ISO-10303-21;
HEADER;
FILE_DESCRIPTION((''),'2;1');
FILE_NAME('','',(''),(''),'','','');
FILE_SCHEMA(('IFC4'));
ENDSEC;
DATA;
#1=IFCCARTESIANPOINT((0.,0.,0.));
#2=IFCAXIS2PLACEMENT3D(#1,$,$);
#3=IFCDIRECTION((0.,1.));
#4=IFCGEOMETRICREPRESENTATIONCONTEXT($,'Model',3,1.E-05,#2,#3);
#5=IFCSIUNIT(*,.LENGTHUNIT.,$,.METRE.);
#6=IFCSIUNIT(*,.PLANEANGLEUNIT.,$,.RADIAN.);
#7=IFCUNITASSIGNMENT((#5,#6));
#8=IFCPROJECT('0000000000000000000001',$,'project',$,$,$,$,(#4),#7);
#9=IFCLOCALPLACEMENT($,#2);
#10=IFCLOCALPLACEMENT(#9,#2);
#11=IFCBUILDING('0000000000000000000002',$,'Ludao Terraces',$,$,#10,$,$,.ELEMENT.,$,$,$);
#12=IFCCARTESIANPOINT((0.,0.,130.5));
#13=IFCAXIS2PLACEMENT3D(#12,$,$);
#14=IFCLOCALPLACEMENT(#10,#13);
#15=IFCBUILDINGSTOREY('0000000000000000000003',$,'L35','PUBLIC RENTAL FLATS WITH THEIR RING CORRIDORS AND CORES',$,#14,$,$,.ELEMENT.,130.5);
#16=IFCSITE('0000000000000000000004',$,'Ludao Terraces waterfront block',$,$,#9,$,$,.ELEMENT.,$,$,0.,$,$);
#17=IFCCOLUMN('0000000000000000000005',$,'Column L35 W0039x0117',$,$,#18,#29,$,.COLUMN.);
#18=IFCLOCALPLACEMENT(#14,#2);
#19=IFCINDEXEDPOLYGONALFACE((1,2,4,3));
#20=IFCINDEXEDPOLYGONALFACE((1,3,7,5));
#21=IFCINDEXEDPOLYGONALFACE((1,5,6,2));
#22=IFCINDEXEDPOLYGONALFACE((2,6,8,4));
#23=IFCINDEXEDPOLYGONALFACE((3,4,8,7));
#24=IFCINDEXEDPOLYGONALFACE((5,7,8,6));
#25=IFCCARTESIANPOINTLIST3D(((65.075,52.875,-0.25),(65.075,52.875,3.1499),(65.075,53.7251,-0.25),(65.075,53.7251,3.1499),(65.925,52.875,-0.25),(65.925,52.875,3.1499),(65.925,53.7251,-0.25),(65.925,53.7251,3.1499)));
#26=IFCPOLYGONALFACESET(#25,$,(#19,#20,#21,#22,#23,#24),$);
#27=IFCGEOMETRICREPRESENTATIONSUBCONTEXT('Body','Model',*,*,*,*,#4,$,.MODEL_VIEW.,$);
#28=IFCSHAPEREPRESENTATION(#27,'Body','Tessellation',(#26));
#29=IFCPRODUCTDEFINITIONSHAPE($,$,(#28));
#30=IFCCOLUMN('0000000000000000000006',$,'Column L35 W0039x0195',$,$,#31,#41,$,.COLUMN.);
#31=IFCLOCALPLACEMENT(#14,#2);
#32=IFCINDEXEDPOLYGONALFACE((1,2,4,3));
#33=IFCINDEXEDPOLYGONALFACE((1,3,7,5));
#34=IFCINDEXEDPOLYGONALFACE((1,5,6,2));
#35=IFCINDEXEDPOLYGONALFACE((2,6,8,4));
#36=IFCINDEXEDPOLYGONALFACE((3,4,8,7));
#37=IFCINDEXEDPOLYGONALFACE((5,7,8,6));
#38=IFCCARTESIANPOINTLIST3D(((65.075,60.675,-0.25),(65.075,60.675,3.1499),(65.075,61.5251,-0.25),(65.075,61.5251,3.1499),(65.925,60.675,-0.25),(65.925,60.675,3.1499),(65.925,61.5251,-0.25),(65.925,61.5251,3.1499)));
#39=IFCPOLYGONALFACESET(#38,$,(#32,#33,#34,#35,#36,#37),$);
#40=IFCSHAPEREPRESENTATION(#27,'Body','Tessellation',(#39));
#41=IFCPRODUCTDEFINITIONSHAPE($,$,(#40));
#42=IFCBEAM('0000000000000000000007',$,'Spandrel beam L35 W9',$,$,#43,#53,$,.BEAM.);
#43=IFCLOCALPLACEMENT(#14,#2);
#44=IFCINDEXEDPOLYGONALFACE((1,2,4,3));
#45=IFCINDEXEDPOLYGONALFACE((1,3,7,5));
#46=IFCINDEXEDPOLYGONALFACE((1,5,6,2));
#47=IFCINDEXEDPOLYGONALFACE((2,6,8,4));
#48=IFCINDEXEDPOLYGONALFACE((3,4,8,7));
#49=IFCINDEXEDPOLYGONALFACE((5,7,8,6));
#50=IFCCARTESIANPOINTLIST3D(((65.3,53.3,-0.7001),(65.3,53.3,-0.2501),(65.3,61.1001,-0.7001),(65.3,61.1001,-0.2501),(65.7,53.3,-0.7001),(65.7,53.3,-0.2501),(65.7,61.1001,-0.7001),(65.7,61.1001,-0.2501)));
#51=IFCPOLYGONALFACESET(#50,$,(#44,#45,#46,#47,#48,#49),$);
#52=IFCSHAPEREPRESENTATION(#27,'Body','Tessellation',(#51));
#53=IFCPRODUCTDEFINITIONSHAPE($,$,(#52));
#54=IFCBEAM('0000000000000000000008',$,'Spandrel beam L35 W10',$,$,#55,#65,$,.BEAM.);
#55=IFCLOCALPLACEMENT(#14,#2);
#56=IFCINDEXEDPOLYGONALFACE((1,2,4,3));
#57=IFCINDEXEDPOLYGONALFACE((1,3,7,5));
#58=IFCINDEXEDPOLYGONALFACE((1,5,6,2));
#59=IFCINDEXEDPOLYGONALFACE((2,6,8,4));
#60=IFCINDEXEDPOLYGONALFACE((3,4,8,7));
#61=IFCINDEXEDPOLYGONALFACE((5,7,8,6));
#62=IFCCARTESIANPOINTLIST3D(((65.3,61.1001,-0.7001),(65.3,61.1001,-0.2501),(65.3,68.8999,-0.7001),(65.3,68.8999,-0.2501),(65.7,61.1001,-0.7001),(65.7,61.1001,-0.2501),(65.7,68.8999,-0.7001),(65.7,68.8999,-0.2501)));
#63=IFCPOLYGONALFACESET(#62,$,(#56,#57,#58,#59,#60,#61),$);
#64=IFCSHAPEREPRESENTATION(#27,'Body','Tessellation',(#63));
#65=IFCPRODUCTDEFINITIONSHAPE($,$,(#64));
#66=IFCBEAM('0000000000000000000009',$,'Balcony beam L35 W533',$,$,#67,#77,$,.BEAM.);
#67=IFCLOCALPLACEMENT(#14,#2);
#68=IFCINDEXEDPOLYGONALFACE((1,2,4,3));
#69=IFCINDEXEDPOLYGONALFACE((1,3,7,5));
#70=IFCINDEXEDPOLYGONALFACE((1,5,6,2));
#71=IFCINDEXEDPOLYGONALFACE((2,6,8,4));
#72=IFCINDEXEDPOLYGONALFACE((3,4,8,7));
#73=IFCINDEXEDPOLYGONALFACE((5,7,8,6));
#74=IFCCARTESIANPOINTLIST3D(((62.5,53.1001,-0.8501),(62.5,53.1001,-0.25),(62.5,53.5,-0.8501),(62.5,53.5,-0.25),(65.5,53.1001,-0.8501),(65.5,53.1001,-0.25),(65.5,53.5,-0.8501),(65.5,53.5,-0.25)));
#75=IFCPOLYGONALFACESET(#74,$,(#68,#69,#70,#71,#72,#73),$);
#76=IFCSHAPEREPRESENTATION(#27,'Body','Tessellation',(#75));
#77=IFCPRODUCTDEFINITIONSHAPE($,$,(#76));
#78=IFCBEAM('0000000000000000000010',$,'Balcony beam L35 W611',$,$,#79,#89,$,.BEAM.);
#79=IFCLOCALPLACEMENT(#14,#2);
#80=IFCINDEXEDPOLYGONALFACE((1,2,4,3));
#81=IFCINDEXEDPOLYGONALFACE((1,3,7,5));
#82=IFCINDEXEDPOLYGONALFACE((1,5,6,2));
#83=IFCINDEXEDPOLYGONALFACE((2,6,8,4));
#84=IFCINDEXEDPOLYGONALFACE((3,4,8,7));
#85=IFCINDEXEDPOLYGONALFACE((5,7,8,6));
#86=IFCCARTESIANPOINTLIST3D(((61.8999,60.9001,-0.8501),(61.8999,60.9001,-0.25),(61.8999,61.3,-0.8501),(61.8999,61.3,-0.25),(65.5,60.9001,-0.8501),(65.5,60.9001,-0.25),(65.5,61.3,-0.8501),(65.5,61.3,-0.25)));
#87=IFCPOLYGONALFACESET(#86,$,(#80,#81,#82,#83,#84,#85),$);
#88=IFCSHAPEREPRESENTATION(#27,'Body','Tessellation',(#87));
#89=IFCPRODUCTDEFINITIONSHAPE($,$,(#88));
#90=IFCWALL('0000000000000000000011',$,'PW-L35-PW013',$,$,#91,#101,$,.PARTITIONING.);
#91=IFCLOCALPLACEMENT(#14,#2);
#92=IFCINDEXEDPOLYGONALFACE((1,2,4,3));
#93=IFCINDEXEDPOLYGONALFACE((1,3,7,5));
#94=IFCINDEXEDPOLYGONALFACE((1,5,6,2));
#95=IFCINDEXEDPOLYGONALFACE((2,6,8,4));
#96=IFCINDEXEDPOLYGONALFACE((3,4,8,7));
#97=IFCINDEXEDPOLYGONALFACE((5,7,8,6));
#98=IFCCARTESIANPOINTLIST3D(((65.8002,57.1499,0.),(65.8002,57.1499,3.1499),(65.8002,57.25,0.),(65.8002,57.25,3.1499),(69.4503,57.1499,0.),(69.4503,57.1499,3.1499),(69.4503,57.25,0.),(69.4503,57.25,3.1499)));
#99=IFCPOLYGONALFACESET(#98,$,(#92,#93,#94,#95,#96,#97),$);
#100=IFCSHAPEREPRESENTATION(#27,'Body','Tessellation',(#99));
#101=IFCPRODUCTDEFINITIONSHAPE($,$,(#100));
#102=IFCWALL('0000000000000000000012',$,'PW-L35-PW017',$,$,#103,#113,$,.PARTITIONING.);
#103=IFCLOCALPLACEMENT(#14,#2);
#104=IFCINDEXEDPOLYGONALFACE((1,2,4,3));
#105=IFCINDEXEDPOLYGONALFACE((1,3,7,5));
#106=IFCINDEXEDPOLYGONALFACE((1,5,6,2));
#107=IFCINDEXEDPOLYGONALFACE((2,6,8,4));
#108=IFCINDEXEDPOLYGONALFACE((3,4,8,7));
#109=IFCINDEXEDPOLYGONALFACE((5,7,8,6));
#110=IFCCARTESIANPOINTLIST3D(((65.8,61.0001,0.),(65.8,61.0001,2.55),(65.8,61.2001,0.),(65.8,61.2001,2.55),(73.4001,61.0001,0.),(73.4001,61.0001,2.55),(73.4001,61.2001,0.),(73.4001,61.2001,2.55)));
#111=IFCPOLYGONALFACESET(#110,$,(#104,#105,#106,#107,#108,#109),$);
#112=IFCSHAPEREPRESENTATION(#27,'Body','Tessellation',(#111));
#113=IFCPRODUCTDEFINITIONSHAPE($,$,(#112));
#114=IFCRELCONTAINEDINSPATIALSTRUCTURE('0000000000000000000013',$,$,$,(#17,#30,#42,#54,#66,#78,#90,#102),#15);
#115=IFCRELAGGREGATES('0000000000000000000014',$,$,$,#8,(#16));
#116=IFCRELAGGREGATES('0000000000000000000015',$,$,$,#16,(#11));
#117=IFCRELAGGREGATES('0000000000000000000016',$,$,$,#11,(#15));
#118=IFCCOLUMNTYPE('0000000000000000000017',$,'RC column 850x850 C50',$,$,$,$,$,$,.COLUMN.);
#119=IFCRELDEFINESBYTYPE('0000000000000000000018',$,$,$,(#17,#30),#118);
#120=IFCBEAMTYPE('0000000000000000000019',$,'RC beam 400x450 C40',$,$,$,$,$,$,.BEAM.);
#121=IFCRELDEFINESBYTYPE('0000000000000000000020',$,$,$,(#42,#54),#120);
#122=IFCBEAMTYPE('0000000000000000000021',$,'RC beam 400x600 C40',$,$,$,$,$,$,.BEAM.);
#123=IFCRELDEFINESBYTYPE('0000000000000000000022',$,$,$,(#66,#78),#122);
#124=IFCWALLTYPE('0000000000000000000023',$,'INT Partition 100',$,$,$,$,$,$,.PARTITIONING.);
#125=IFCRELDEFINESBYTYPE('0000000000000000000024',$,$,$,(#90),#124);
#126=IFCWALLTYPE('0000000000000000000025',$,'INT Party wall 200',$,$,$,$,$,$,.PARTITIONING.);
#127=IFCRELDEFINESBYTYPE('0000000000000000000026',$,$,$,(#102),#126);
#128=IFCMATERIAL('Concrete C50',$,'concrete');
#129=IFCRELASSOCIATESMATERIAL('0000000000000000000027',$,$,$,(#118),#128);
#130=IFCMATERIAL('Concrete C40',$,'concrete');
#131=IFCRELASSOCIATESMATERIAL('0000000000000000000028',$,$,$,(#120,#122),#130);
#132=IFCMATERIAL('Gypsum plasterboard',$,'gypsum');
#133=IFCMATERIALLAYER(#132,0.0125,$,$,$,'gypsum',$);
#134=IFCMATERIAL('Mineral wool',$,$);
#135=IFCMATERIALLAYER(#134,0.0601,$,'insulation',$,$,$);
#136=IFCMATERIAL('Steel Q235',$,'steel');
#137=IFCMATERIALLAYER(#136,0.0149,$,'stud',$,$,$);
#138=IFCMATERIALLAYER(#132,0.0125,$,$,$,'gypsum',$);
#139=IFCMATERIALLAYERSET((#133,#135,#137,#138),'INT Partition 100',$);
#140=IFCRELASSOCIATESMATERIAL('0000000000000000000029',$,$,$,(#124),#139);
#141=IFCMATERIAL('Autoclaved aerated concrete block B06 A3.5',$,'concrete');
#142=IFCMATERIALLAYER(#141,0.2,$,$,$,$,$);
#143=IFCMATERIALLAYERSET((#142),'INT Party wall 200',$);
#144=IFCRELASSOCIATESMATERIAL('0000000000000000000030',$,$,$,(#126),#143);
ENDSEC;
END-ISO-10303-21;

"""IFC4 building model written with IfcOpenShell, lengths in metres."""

from ifc_helpers import new_model, si_unit, direction, frame, frame_2d, origin, origin_2d, place, context, subcontext, project, spatial, rectangle, extrude, material, layer, layer_set, material_profile, profile_set, type_object, element, save


model = new_model("IFC4")

# Units and contexts
model_context = context("Model", 3, precision=1e-05, world=origin(), true_north=direction((0.0, 1.0)))
body_context = subcontext(model_context, "Body", "Model", "MODEL_VIEW")
ifc_project = project(units=[si_unit("LENGTHUNIT", "METRE"), si_unit("PLANEANGLEUNIT", "RADIAN")], contexts=[model_context])

# Site, building, storey
site_placement = place(None, origin())
site = spatial("IfcSite", under=ifc_project, at=site_placement, Name="Ludao Terraces waterfront block", CompositionType="ELEMENT", RefElevation=0.0)
building_placement = place(site_placement, origin())
building = spatial("IfcBuilding", under=site, at=building_placement, Name="Ludao Terraces", CompositionType="ELEMENT")
storey_placement = place(building_placement, frame((0.0, 0.0, 130.5)))
storey = spatial("IfcBuildingStorey", under=building, at=storey_placement, Name="L35", Description="PUBLIC RENTAL FLATS WITH THEIR RING CORRIDORS AND CORES", CompositionType="ELEMENT", Elevation=130.5)

# Columns
ifc_material_1 = material(Name="Concrete C50", Category="concrete")
ifc_material_profile_1 = material_profile(ifc_material_1, rectangle(XDim=0.8501, YDim=0.8501, at=origin_2d()), Name="850 X 850")
ifc_profile_set_1 = profile_set([ifc_material_profile_1], Name="Concrete C50")
column_type = type_object("IfcColumnType", Name="RC column 850x850 C50", PredefinedType="COLUMN", material=ifc_profile_set_1)
for number, where, z_axis, x_axis, name in (
    (1, (65.5, 53.3, -0.25), (0.0, 0.0, 1.0), (1.0, 0.0, 0.0), "Column L35 W0039x0117"),
    (2, (65.5, 61.1001, -0.25), (0.0, 0.0, 1.0), (1.0, 0.0, 0.0), "Column L35 W0039x0195"),
):
    element("IfcColumn", number, at=place(storey_placement, frame(where, z_axis=z_axis, x_axis=x_axis)), inside=storey, type_object=column_type, Name=name, PredefinedType="COLUMN", context=body_context, shape_type="SweptSolid", body=[
        extrude(rectangle(XDim=0.8501, YDim=0.8501, at=origin_2d()), origin(), (0.0, 0.0, 1.0), 3.3999),
    ])

# Beams
ifc_material_2 = material(Name="Concrete C40", Category="concrete")
ifc_material_profile_2 = material_profile(ifc_material_2, rectangle(XDim=0.3999, YDim=0.45, at=origin_2d()), Name="400 X 450")
ifc_profile_set_2 = profile_set([ifc_material_profile_2], Name="Concrete C40")
beam_type_1 = type_object("IfcBeamType", Name="RC beam 400x450 C40", PredefinedType="BEAM", material=ifc_profile_set_2)
beam_1_placement = place(storey_placement, frame((65.5, 53.3, -0.4751), z_axis=(0.0, 1.0, 0.0), x_axis=(-1.0, 0.0, 0.0)))
element("IfcBeam", 3, at=beam_1_placement, inside=storey, type_object=beam_type_1, Name="Spandrel beam L35 W9", PredefinedType="BEAM", context=body_context, shape_type="SweptSolid", body=[
    extrude(rectangle(XDim=0.3999, YDim=0.45, at=origin_2d()), origin(), (0.0, 0.0, 1.0), 7.8),
])
beam_2_placement = place(storey_placement, frame((65.5, 61.1001, -0.4751), z_axis=(0.0, 1.0, 0.0), x_axis=(-1.0, 0.0, 0.0)))
element("IfcBeam", 4, at=beam_2_placement, inside=storey, type_object=beam_type_1, Name="Spandrel beam L35 W10", PredefinedType="BEAM", context=body_context, shape_type="SweptSolid", body=[
    extrude(rectangle(XDim=0.3999, YDim=0.45, at=origin_2d()), origin(), (0.0, 0.0, 1.0), 7.7998),
])
ifc_material_profile_3 = material_profile(ifc_material_2, rectangle(XDim=0.3999, YDim=0.6001, at=origin_2d()), Name="400 X 600")
ifc_profile_set_3 = profile_set([ifc_material_profile_3], Name="Concrete C40")
beam_type_2 = type_object("IfcBeamType", Name="RC beam 400x600 C40", PredefinedType="BEAM", material=ifc_profile_set_3)
beam_3_placement = place(storey_placement, frame((65.5, 53.3, -0.55), z_axis=(-1.0, 0.0, 0.0), x_axis=(0.0, -1.0, 0.0)))
element("IfcBeam", 5, at=beam_3_placement, inside=storey, type_object=beam_type_2, Name="Balcony beam L35 W533", PredefinedType="BEAM", context=body_context, shape_type="SweptSolid", body=[
    extrude(rectangle(XDim=0.3999, YDim=0.6001, at=origin_2d()), origin(), (0.0, 0.0, 1.0), 3.0),
])
beam_4_placement = place(storey_placement, frame((65.5, 61.1001, -0.55), z_axis=(-1.0, 0.0, 0.0), x_axis=(0.0, -1.0, 0.0)))
element("IfcBeam", 6, at=beam_4_placement, inside=storey, type_object=beam_type_2, Name="Balcony beam L35 W611", PredefinedType="BEAM", context=body_context, shape_type="SweptSolid", body=[
    extrude(rectangle(XDim=0.3999, YDim=0.6001, at=origin_2d()), origin(), (0.0, 0.0, 1.0), 3.6001),
])

# Shared definitions
ifc_material_3 = material(Name="Mineral wool")

# Walls
ifc_material_4 = material(Name="Gypsum plasterboard", Category="gypsum")
ifc_layer_1 = layer(ifc_material_4, 0.0125, Category="gypsum")
ifc_layer_2 = layer(ifc_material_3, 0.0601, Name="insulation")
ifc_material_5 = material(Name="Steel Q235", Category="steel")
ifc_layer_3 = layer(ifc_material_5, 0.0149, Name="stud")
ifc_layer_4 = layer(ifc_material_4, 0.0125, Category="gypsum")
ifc_layer_set_1 = layer_set([ifc_layer_1, ifc_layer_2, ifc_layer_3, ifc_layer_4], Name="INT Partition 100")
wall_type_1 = type_object("IfcWallType", Name="INT Partition 100", PredefinedType="PARTITIONING", material=ifc_layer_set_1)
wall_1_placement = place(storey_placement, frame((65.8, 57.2, 0.0), z_axis=(0.0, 0.0, 1.0), x_axis=(1.0, 0.0, 0.0)))
element("IfcWall", 7, at=wall_1_placement, inside=storey, type_object=wall_type_1, Name="PW-L35-PW013", PredefinedType="PARTITIONING", context=body_context, shape_type="SweptSolid", body=[
    extrude(rectangle(XDim=3.6501, YDim=0.1001, at=frame_2d((1.8252, 0.0))), origin(), (0.0, 0.0, 1.0), 3.1499),
])
ifc_material_6 = material(Name="Autoclaved aerated concrete block B06 A3.5", Category="concrete")
ifc_layer_5 = layer(ifc_material_6, 0.2)
ifc_layer_set_2 = layer_set([ifc_layer_5], Name="INT Party wall 200")
wall_type_2 = type_object("IfcWallType", Name="INT Party wall 200", PredefinedType="PARTITIONING", material=ifc_layer_set_2)
wall_2_placement = place(storey_placement, frame((65.8, 61.1001, 0.0), z_axis=(0.0, 0.0, 1.0), x_axis=(1.0, 0.0, 0.0)))
element("IfcWall", 8, at=wall_2_placement, inside=storey, type_object=wall_type_2, Name="PW-L35-PW017", PredefinedType="PARTITIONING", context=body_context, shape_type="SweptSolid", body=[
    extrude(rectangle(XDim=7.6001, YDim=0.2, at=frame_2d((3.8, 0.0))), origin(), (0.0, 0.0, 1.0), 2.55),
])

save(model, "model.ifc")
